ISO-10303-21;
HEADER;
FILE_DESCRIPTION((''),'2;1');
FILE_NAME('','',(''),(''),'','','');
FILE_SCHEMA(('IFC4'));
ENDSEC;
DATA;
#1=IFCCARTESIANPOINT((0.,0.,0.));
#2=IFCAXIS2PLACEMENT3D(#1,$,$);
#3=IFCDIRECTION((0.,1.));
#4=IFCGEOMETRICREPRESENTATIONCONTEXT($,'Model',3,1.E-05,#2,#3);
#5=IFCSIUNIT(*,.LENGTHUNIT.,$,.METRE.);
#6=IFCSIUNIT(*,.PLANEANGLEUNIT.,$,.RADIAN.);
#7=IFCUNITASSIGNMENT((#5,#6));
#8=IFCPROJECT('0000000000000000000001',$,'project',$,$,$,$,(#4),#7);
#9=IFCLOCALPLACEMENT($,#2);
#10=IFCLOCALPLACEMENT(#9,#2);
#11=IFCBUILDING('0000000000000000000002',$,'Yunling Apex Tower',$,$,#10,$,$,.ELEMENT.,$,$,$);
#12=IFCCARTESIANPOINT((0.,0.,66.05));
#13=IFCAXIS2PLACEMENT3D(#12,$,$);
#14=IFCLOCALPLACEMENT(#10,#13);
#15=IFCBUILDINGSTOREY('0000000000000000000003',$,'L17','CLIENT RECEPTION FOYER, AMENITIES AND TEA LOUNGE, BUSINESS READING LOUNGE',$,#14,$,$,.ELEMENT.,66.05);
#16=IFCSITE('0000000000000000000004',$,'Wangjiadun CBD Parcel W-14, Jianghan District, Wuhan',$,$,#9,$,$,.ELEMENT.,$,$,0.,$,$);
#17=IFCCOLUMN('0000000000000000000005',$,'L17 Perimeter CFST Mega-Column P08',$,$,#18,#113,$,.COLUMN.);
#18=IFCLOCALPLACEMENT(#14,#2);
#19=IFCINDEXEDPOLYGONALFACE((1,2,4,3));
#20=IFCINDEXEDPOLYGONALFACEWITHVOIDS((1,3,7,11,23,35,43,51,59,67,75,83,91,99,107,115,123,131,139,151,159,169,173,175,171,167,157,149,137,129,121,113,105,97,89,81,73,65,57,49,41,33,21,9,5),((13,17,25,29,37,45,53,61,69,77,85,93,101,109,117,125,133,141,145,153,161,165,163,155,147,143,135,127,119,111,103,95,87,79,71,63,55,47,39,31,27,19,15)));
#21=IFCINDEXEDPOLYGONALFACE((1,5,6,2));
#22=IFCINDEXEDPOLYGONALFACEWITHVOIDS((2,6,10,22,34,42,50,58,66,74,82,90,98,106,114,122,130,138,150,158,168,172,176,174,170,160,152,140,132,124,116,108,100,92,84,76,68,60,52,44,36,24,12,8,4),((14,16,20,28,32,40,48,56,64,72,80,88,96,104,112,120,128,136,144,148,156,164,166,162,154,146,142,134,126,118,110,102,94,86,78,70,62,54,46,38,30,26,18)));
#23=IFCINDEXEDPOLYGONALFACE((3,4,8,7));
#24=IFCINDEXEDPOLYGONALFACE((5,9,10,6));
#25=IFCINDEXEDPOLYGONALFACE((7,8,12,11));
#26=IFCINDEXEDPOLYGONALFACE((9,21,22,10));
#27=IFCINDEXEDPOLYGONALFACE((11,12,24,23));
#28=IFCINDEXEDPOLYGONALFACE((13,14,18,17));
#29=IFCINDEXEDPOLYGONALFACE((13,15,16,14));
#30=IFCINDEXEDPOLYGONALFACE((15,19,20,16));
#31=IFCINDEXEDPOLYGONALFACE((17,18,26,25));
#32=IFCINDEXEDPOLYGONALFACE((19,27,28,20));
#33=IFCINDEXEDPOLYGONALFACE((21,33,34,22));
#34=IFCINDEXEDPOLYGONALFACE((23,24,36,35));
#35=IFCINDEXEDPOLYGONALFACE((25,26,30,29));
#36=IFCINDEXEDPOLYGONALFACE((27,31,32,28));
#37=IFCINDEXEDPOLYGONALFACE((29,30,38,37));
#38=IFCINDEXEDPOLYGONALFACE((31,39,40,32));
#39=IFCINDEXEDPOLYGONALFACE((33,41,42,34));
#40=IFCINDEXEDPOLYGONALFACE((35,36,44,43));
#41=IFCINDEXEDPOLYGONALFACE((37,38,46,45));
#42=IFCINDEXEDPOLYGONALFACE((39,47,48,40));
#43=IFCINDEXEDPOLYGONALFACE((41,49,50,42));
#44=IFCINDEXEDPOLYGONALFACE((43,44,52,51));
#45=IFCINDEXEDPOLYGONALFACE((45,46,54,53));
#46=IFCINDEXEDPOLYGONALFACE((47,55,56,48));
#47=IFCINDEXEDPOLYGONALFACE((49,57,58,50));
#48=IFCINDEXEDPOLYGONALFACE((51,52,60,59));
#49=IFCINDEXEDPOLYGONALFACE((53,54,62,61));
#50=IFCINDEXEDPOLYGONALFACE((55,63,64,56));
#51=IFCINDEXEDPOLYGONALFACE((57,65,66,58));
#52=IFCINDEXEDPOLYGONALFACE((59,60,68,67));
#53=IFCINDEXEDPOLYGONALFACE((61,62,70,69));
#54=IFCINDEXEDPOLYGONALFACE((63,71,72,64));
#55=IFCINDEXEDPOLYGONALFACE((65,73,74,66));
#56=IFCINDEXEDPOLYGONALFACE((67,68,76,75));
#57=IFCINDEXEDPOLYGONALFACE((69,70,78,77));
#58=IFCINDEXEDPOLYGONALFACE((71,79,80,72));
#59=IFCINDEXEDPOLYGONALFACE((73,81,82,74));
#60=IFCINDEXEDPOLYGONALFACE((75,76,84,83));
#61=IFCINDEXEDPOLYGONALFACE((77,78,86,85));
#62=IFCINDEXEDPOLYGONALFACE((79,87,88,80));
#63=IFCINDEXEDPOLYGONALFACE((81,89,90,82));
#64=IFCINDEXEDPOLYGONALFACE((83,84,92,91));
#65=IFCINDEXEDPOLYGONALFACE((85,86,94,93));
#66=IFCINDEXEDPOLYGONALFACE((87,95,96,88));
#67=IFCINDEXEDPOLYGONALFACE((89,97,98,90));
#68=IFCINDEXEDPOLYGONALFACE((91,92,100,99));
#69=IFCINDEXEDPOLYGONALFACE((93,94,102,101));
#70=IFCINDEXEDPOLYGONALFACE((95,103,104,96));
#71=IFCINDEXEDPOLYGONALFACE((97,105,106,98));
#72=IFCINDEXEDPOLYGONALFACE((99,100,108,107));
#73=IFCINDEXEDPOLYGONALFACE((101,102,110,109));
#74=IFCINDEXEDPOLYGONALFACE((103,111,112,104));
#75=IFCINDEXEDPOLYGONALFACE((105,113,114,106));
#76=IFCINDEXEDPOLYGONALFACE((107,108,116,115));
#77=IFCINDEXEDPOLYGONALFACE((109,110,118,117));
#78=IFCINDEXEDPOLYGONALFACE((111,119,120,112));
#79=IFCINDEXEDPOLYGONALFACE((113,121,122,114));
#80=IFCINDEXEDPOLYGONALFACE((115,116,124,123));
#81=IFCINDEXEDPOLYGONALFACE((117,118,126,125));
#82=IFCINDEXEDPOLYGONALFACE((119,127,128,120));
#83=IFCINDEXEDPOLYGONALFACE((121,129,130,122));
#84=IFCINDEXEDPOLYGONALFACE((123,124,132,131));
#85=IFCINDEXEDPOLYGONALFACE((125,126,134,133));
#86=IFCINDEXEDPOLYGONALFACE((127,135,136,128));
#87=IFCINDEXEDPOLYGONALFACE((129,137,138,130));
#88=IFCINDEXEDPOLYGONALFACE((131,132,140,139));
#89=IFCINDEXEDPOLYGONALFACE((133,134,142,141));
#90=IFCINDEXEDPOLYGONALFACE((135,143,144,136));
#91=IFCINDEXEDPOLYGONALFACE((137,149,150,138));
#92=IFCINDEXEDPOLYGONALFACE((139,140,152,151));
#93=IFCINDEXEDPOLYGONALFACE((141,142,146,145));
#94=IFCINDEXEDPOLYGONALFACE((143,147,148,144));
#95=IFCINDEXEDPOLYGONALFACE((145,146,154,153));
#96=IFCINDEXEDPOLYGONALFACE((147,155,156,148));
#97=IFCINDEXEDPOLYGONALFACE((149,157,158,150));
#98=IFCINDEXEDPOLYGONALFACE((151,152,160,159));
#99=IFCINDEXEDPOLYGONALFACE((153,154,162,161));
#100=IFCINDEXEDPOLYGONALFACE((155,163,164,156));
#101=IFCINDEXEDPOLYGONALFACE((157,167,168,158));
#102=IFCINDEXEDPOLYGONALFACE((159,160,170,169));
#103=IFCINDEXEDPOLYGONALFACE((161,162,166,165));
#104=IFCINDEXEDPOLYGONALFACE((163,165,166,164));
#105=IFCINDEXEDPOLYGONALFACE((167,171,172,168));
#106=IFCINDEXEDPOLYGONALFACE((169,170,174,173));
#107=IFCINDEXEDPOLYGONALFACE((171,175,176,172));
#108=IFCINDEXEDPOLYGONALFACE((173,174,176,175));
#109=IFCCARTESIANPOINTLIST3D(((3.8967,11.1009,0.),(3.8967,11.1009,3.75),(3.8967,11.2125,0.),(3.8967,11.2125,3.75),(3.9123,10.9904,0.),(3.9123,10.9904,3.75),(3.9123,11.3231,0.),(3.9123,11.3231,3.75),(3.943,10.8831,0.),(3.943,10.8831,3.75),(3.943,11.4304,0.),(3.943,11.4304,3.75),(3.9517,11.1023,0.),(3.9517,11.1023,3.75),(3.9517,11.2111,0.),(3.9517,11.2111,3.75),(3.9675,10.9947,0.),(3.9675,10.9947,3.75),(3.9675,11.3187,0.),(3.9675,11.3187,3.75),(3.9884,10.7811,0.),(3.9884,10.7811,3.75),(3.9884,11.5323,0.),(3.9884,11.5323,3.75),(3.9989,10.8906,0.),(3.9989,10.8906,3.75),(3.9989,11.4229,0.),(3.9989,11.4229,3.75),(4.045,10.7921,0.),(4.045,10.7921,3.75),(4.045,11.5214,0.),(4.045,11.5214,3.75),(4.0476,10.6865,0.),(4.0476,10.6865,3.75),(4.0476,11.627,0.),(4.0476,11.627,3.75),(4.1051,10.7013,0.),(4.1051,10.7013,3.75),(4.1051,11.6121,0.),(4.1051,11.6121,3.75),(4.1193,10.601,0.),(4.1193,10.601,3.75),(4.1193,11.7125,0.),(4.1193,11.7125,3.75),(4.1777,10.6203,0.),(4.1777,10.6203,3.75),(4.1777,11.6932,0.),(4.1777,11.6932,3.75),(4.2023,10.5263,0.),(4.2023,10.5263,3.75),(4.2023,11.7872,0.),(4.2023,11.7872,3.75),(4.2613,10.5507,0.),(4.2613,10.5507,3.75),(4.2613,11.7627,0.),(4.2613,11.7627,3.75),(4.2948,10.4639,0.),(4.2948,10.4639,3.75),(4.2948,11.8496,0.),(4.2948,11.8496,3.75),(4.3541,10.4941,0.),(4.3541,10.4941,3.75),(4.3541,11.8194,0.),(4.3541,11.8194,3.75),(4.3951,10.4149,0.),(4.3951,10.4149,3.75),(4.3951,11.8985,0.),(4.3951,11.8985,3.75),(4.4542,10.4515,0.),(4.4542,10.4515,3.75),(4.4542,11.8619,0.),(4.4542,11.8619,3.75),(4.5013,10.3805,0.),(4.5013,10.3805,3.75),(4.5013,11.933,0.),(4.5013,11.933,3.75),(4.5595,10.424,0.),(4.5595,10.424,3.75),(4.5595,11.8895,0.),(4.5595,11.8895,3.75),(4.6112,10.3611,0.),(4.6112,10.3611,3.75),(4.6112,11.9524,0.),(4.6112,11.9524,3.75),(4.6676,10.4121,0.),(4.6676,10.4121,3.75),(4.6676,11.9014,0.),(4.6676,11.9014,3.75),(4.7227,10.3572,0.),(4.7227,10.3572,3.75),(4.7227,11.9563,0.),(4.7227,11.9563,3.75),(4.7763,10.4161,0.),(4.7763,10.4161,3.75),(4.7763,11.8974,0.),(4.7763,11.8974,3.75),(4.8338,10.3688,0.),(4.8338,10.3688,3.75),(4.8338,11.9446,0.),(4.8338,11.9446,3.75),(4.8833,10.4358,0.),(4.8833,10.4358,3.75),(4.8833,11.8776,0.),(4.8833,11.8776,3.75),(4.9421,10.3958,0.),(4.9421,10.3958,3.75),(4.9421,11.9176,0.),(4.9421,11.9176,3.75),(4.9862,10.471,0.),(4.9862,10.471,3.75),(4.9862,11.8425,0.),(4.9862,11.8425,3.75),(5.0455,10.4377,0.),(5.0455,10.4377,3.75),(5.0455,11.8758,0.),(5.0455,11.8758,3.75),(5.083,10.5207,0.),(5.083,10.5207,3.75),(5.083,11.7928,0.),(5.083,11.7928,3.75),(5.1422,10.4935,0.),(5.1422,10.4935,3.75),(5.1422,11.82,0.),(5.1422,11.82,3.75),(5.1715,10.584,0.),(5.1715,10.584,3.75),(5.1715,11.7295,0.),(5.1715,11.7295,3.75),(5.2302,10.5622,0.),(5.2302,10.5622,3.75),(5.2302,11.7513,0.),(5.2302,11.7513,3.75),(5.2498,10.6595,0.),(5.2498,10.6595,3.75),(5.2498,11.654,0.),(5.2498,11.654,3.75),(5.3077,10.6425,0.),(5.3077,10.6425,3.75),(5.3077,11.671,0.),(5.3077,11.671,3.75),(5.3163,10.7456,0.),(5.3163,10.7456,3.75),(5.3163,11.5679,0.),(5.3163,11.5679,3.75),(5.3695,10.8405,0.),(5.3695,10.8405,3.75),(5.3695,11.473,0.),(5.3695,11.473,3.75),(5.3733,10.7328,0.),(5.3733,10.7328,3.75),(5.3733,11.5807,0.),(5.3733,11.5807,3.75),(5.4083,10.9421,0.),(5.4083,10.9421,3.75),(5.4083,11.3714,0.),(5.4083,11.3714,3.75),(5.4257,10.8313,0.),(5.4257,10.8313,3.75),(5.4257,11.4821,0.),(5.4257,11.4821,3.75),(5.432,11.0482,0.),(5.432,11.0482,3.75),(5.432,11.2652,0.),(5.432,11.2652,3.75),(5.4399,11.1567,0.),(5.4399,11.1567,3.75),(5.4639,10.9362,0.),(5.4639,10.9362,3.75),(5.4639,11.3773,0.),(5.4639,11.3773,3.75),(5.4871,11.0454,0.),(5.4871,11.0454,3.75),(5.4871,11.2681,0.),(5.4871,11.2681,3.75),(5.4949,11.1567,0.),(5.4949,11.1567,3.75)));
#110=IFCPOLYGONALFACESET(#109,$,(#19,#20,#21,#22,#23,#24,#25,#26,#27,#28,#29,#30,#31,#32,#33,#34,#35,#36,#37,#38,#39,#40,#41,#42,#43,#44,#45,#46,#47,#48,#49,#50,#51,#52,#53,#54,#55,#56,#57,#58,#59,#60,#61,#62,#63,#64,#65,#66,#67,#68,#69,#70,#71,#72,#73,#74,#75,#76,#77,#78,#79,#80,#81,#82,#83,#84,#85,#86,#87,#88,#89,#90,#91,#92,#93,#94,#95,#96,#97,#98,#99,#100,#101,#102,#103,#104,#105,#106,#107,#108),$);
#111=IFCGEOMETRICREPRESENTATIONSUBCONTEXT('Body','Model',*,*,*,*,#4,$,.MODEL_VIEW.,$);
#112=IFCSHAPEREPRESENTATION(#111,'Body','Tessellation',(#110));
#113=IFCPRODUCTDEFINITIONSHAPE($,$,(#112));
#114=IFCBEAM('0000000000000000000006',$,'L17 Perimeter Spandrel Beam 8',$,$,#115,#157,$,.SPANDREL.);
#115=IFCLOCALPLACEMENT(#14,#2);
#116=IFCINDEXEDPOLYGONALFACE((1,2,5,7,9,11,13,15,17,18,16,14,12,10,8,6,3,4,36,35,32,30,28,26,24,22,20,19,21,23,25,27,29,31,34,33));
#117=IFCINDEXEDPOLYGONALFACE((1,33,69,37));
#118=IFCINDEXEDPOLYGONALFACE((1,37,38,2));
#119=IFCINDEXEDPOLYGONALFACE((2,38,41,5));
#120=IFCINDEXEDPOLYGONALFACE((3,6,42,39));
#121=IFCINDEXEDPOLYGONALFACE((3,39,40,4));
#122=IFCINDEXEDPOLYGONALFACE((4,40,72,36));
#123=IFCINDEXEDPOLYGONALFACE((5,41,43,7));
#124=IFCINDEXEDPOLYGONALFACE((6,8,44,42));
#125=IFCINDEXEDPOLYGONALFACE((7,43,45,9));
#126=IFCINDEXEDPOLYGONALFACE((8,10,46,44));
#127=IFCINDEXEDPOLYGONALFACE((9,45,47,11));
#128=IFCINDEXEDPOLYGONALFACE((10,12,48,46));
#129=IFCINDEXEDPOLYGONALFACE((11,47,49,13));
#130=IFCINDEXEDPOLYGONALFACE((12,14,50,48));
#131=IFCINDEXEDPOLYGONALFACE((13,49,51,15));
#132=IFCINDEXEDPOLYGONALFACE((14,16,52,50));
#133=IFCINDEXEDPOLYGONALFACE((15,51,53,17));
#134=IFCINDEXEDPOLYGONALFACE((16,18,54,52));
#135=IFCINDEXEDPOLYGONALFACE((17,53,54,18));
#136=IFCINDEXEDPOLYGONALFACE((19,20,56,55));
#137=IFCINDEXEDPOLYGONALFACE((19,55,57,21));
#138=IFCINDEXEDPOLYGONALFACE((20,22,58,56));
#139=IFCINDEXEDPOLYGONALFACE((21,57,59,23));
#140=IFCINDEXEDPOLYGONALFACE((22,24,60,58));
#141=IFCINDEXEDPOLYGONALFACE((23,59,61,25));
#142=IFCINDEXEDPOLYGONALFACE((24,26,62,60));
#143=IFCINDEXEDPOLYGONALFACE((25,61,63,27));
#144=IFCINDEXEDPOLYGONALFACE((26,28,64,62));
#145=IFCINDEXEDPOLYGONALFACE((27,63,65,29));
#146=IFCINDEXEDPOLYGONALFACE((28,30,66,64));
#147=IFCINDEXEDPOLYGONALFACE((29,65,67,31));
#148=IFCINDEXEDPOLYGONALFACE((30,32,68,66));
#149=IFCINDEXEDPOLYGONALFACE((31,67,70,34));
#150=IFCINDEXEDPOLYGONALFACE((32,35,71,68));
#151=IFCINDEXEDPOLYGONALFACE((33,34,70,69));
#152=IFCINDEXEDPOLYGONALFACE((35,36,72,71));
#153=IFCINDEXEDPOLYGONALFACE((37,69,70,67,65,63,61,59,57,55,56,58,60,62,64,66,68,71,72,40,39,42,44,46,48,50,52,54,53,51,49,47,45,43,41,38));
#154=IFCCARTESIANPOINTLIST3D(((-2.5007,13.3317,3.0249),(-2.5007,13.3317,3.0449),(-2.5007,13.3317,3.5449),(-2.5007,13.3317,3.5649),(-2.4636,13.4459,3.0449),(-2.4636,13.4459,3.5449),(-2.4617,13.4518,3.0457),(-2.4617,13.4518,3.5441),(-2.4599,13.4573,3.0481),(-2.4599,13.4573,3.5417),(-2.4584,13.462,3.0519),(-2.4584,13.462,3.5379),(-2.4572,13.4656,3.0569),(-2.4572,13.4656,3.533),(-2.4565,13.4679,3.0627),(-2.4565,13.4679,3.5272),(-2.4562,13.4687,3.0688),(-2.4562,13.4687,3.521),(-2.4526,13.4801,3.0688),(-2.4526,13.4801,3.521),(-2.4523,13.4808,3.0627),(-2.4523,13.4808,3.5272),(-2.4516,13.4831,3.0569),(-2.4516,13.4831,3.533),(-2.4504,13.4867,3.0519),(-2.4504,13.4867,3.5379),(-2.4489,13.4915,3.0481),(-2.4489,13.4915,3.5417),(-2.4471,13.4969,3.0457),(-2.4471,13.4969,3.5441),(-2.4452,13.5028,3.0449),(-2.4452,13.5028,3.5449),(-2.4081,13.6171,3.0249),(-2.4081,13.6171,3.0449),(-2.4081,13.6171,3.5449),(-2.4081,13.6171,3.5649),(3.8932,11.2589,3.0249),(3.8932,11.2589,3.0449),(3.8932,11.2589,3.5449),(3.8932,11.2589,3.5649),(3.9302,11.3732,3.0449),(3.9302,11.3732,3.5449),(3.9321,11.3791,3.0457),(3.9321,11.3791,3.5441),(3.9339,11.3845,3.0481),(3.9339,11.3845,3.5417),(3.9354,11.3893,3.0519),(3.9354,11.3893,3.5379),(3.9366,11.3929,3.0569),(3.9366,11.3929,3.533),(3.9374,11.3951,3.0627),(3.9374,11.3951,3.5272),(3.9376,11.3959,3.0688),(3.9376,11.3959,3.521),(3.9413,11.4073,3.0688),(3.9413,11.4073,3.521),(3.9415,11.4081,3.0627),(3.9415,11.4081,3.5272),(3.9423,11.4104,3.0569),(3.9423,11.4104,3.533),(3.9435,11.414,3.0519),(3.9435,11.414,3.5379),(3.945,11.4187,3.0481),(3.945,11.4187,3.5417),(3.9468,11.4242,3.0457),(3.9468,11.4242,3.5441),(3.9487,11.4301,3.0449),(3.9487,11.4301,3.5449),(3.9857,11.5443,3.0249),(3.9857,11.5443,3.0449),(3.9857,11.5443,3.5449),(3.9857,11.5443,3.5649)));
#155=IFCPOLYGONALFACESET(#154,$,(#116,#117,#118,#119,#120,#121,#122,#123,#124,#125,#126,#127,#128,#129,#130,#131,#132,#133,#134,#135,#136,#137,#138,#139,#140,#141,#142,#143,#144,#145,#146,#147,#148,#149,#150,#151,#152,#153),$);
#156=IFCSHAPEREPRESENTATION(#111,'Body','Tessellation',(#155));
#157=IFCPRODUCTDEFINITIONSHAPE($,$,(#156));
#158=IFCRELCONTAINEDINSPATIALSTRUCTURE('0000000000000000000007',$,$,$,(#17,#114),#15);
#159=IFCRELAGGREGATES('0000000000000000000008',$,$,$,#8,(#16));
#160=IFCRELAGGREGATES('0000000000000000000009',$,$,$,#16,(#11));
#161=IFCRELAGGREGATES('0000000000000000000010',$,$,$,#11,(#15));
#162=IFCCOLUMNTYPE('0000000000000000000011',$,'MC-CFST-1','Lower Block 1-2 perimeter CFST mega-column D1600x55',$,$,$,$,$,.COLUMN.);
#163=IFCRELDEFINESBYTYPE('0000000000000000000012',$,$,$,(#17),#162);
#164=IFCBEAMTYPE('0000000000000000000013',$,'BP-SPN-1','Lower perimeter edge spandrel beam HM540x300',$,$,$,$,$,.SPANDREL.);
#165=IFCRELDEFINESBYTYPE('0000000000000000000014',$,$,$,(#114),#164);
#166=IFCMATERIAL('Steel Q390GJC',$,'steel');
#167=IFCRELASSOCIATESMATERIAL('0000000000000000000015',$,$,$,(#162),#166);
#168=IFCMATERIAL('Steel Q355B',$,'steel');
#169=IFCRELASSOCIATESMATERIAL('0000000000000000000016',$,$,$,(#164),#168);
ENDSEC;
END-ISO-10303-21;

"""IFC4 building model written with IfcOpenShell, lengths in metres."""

from ifc_helpers import new_model, si_unit, direction, frame, origin, origin_2d, place, context, subcontext, project, spatial, hollow_circle, i_section, extrude, source, transform, mapped, material, material_profile, profile_set, type_object, element, save


model = new_model("IFC4")

# Units and contexts
model_context = context("Model", 3, precision=1e-05, world=origin(), true_north=direction((0.0, 1.0)))
body_context = subcontext(model_context, "Body", "Model", "MODEL_VIEW")
ifc_project = project(units=[si_unit("LENGTHUNIT", "METRE"), si_unit("PLANEANGLEUNIT", "RADIAN")], contexts=[model_context])

# Site, building, storey
site_placement = place(None, origin())
site = spatial("IfcSite", under=ifc_project, at=site_placement, Name="Wangjiadun CBD Parcel W-14, Jianghan District, Wuhan", CompositionType="ELEMENT", RefElevation=0.0)
building_placement = place(site_placement, origin())
building = spatial("IfcBuilding", under=site, at=building_placement, Name="Yunling Apex Tower", CompositionType="ELEMENT")
storey_placement = place(building_placement, frame((0.0, 0.0, 66.05)))
storey = spatial("IfcBuildingStorey", under=building, at=storey_placement, Name="L17", Description="CLIENT RECEPTION FOYER, AMENITIES AND TEA LOUNGE, BUSINESS READING LOUNGE", CompositionType="ELEMENT", Elevation=66.05)

# Column
ifc_material_1 = material(Name="Steel Q390GJC", Category="steel")
ifc_material_profile_1 = material_profile(ifc_material_1, hollow_circle(Radius=0.8, WallThickness=0.0549, at=origin_2d()))
ifc_profile_set_1 = profile_set([ifc_material_profile_1], Name="Steel Q390GJC")
column_type = type_object("IfcColumnType", Name="MC-CFST-1", Description="Lower Block 1-2 perimeter CFST mega-column D1600x55", PredefinedType="COLUMN", material=ifc_profile_set_1)
shared_shape_1 = source(origin(), body_context, "Body", "SweptSolid", [
    extrude(hollow_circle(Radius=0.8, WallThickness=0.0549, at=origin_2d()), origin(), (0.0, 0.0, 1.0), 3.75),
])
column_placement = place(storey_placement, frame((4.6948, 11.1567, 0.0), z_axis=(0.0, 0.0, 1.0), x_axis=(1.0, 0.0, 0.0)))
element("IfcColumn", 1, at=column_placement, inside=storey, type_object=column_type, Name="L17 Perimeter CFST Mega-Column P08", PredefinedType="COLUMN", context=body_context, shape_type="MappedRepresentation", body=[
    mapped(shared_shape_1, transform((0.0, 0.0, 0.0), scale=1.0)),
])

# Beam
ifc_material_2 = material(Name="Steel Q355B", Category="steel")
ifc_material_profile_2 = material_profile(ifc_material_2, i_section(OverallWidth=0.3, OverallDepth=0.54, WebThickness=0.012, FlangeThickness=0.02, FilletRadius=0.0239, at=origin_2d()))
ifc_profile_set_2 = profile_set([ifc_material_profile_2], Name="Steel Q355B")
beam_type_1 = type_object("IfcBeamType", Name="BP-SPN-1", Description="Lower perimeter edge spandrel beam HM540x300", PredefinedType="SPANDREL", material=ifc_profile_set_2)
shared_shape_2 = source(origin(), body_context, "Body", "SweptSolid", [
    extrude(i_section(OverallWidth=0.3, OverallDepth=0.54, WebThickness=0.012, FlangeThickness=0.02, FilletRadius=0.0239, at=origin_2d()), origin(), (0.0, 0.0, 1.0), 6.7214),
])
beam_1_placement = place(storey_placement, frame((3.9395, 11.4016, 3.2949), z_axis=(-0.951263, 0.308382, 0.0), x_axis=(-0.308382, -0.951263, 0.0)))
element("IfcBeam", 2, at=beam_1_placement, inside=storey, type_object=beam_type_1, Name="L17 Perimeter Spandrel Beam 8", PredefinedType="SPANDREL", context=body_context, shape_type="MappedRepresentation", body=[
    mapped(shared_shape_2, transform((0.0, 0.0, 0.0), scale=1.0)),
])

save(model, "model.ifc")
